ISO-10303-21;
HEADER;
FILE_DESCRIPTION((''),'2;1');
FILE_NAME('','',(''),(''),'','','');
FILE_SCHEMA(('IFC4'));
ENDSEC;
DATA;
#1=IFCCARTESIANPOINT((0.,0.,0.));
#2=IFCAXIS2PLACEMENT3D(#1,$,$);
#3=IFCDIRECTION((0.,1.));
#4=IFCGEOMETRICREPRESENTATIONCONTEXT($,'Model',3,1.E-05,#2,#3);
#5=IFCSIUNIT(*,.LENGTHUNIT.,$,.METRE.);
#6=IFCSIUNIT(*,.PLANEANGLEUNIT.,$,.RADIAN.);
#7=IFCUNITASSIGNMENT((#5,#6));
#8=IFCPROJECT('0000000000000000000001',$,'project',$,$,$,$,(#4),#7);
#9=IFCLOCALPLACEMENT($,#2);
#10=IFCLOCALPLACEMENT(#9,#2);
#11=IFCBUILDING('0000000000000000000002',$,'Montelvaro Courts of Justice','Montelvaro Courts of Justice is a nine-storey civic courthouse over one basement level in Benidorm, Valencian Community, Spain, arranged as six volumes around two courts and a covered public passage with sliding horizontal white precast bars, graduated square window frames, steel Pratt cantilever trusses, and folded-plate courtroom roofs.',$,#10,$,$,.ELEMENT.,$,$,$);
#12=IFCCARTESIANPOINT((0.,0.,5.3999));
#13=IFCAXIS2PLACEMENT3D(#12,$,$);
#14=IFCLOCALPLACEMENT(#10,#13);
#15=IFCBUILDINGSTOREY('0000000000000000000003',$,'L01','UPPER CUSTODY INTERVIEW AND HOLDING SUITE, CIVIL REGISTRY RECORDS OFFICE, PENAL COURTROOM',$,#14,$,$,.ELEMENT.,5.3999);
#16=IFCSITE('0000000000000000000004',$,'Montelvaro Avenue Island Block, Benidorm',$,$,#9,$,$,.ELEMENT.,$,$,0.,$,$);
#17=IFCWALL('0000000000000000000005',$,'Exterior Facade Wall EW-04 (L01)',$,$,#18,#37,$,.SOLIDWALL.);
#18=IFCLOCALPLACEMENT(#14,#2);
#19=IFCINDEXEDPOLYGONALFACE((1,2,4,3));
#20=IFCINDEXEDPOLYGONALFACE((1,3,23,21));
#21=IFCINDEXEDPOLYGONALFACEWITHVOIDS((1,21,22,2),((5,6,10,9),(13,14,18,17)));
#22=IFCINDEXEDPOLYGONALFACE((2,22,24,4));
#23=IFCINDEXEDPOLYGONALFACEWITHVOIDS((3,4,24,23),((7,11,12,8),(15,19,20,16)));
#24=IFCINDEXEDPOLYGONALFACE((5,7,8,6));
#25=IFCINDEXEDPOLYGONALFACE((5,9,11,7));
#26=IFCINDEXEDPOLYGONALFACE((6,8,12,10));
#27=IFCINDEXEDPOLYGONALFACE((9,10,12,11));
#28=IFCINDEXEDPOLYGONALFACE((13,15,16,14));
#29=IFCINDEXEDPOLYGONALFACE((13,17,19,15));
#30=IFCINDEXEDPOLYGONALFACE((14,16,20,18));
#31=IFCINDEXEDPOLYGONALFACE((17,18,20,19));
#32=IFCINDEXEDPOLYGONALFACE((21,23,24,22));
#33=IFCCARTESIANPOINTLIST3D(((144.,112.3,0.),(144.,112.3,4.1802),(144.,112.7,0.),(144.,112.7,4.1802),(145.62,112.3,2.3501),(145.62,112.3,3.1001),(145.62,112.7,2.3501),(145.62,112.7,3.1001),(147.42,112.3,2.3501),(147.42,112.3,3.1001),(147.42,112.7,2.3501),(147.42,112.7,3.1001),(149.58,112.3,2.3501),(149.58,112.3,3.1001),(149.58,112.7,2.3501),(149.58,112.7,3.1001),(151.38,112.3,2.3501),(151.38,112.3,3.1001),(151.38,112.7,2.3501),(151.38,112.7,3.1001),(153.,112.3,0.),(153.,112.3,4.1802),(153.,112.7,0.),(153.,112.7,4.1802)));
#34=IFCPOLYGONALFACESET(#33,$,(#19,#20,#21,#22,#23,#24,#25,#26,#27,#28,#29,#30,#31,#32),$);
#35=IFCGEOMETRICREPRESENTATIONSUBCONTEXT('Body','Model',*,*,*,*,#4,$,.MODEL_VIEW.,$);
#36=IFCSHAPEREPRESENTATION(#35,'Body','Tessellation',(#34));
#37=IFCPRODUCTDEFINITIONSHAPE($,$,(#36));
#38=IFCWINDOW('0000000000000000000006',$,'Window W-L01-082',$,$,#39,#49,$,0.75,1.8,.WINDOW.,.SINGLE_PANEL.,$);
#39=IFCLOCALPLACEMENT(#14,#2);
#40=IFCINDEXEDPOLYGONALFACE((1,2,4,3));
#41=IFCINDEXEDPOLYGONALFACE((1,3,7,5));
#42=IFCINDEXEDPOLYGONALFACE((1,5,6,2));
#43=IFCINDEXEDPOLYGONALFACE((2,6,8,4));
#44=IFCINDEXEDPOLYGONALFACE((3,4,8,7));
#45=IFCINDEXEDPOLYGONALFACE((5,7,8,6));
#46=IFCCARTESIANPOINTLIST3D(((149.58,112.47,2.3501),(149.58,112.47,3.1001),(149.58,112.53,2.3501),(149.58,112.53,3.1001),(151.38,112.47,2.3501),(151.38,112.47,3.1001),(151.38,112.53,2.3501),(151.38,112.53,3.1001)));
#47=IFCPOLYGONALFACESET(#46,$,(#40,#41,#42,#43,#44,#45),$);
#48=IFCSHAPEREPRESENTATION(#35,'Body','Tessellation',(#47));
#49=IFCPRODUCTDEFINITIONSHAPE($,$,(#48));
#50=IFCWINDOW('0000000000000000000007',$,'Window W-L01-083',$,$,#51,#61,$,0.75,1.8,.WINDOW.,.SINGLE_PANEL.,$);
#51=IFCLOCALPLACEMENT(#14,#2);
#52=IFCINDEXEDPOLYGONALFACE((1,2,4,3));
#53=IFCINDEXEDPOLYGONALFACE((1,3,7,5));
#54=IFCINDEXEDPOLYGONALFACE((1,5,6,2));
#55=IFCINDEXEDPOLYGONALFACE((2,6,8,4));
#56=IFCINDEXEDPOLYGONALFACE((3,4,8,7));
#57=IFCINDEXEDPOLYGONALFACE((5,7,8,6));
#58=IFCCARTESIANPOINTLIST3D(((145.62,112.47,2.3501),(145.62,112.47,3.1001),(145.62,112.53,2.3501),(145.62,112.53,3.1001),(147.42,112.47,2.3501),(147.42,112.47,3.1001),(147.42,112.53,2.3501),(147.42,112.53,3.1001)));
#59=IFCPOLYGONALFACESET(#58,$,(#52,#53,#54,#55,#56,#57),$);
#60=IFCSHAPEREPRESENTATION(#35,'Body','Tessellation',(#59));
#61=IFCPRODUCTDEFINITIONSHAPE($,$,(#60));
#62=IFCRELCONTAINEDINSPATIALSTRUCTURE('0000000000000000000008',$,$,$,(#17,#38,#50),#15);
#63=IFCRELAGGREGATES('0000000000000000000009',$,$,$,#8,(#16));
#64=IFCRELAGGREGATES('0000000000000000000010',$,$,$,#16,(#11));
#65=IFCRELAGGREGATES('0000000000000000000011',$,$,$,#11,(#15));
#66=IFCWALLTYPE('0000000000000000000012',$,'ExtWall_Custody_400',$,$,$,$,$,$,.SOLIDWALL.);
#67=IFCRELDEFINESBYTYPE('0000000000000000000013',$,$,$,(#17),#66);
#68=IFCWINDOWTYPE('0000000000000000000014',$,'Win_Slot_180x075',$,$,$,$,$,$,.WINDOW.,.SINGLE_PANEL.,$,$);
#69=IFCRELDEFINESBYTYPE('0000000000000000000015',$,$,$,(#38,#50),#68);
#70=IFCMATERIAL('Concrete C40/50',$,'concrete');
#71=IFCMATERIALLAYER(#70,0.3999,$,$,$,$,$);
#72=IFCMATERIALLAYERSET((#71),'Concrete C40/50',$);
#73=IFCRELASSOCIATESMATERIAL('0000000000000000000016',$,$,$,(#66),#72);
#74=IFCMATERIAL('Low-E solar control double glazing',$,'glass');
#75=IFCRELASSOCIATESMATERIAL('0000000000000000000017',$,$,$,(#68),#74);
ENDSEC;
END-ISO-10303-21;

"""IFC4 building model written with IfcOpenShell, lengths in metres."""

from ifc_helpers import new_model, si_unit, direction, frame, frame_2d, origin, place, context, subcontext, project, spatial, rectangle, extrude, material, layer, layer_set, type_object, element, fill, save


model = new_model("IFC4")

# Units and contexts
model_context = context("Model", 3, precision=1e-05, world=origin(), true_north=direction((0.0, 1.0)))
body_context = subcontext(model_context, "Body", "Model", "MODEL_VIEW")
ifc_project = project(units=[si_unit("LENGTHUNIT", "METRE"), si_unit("PLANEANGLEUNIT", "RADIAN")], contexts=[model_context])

# Site, building, storey
site_placement = place(None, origin())
site = spatial("IfcSite", under=ifc_project, at=site_placement, Name="Montelvaro Avenue Island Block, Benidorm", CompositionType="ELEMENT", RefElevation=0.0)
building_placement = place(site_placement, origin())
building = spatial("IfcBuilding", under=site, at=building_placement, Name="Montelvaro Courts of Justice", Description="Montelvaro Courts of Justice is a nine-storey civic courthouse over one basement level in Benidorm, Valencian Community, Spain, arranged as six volumes around two courts and a covered public passage with sliding horizontal white precast bars, graduated square window frames, steel Pratt cantilever trusses, and folded-plate courtroom roofs.", CompositionType="ELEMENT")
storey_placement = place(building_placement, frame((0.0, 0.0, 5.3999)))
storey = spatial("IfcBuildingStorey", under=building, at=storey_placement, Name="L01", Description="UPPER CUSTODY INTERVIEW AND HOLDING SUITE, CIVIL REGISTRY RECORDS OFFICE, PENAL COURTROOM", CompositionType="ELEMENT", Elevation=5.3999)

# Shared definitions
ifc_material_1 = material(Name="Concrete C40/50", Category="concrete")
ifc_layer_1 = layer(ifc_material_1, 0.3999)
ifc_layer_set_1 = layer_set([ifc_layer_1], Name="Concrete C40/50")
wall_type_1 = type_object("IfcWallType", Name="ExtWall_Custody_400", PredefinedType="SOLIDWALL", material=ifc_layer_set_1)

# Wall, openings, windows
ifc_material_2 = material(Name="Low-E solar control double glazing", Category="glass")
wall_1_placement = place(storey_placement, frame((153.0, 112.5, 0.0), z_axis=(0.0, 0.0, 1.0), x_axis=(-1.0, 0.0, 0.0)))
wall_1 = element("IfcWall", 1, at=wall_1_placement, inside=storey, type_object=wall_type_1, Name="Exterior Facade Wall EW-04 (L01)", PredefinedType="SOLIDWALL", context=body_context, shape_type="SweptSolid", body=[
    extrude(rectangle(XDim=9.0, YDim=0.3999, at=frame_2d((4.5, 0.0))), origin(), (0.0, 0.0, 1.0), 4.1802),
])
opening_1_placement = place(wall_1_placement, frame((1.6201, 0.0, 2.3501)))
opening_1 = element("IfcOpeningElement", 2, at=opening_1_placement, cuts=wall_1, PredefinedType="OPENING", context=body_context, shape_type="SweptSolid", body=[
    extrude(rectangle(XDim=1.8, YDim=0.75, at=frame_2d((0.8999, 0.375))), frame((0.0, 0.2148, 0.0), z_axis=(0.0, -1.0, 0.0), x_axis=(1.0, 0.0, 0.0)), (0.0, 0.0, 1.0), 0.4297),
])
opening_2_placement = place(wall_1_placement, frame((5.5801, 0.0, 2.3501)))
opening_2 = element("IfcOpeningElement", 3, at=opening_2_placement, cuts=wall_1, PredefinedType="OPENING", context=body_context, shape_type="SweptSolid", body=[
    extrude(rectangle(XDim=1.8, YDim=0.75, at=frame_2d((0.8999, 0.375))), frame((0.0, 0.2148, 0.0), z_axis=(0.0, -1.0, 0.0), x_axis=(1.0, 0.0, 0.0)), (0.0, 0.0, 1.0), 0.4297),
])
window_type_1 = type_object("IfcWindowType", Name="Win_Slot_180x075", PartitioningType="SINGLE_PANEL", PredefinedType="WINDOW", material=ifc_material_2)
window_1_placement = place(opening_1_placement, origin())
window_1 = element("IfcWindow", 4, at=window_1_placement, inside=storey, type_object=window_type_1, Name="Window W-L01-082", OverallHeight=0.75, OverallWidth=1.8, PartitioningType="SINGLE_PANEL", PredefinedType="WINDOW", context=body_context, shape_type="SweptSolid", body=[
    extrude(rectangle(XDim=1.8, YDim=0.75, at=frame_2d((0.8999, 0.375))), frame((0.0, 0.03, 0.0), z_axis=(0.0, -1.0, 0.0), x_axis=(1.0, 0.0, 0.0)), (0.0, 0.0, 1.0), 0.0601),
])
fill(opening_1, window_1)
window_2_placement = place(opening_2_placement, origin())
window_2 = element("IfcWindow", 5, at=window_2_placement, inside=storey, type_object=window_type_1, Name="Window W-L01-083", OverallHeight=0.75, OverallWidth=1.8, PartitioningType="SINGLE_PANEL", PredefinedType="WINDOW", context=body_context, shape_type="SweptSolid", body=[
    extrude(rectangle(XDim=1.8, YDim=0.75, at=frame_2d((0.8999, 0.375))), frame((0.0, 0.03, 0.0), z_axis=(0.0, -1.0, 0.0), x_axis=(1.0, 0.0, 0.0)), (0.0, 0.0, 1.0), 0.0601),
])
fill(opening_2, window_2)

save(model, "model.ifc")
